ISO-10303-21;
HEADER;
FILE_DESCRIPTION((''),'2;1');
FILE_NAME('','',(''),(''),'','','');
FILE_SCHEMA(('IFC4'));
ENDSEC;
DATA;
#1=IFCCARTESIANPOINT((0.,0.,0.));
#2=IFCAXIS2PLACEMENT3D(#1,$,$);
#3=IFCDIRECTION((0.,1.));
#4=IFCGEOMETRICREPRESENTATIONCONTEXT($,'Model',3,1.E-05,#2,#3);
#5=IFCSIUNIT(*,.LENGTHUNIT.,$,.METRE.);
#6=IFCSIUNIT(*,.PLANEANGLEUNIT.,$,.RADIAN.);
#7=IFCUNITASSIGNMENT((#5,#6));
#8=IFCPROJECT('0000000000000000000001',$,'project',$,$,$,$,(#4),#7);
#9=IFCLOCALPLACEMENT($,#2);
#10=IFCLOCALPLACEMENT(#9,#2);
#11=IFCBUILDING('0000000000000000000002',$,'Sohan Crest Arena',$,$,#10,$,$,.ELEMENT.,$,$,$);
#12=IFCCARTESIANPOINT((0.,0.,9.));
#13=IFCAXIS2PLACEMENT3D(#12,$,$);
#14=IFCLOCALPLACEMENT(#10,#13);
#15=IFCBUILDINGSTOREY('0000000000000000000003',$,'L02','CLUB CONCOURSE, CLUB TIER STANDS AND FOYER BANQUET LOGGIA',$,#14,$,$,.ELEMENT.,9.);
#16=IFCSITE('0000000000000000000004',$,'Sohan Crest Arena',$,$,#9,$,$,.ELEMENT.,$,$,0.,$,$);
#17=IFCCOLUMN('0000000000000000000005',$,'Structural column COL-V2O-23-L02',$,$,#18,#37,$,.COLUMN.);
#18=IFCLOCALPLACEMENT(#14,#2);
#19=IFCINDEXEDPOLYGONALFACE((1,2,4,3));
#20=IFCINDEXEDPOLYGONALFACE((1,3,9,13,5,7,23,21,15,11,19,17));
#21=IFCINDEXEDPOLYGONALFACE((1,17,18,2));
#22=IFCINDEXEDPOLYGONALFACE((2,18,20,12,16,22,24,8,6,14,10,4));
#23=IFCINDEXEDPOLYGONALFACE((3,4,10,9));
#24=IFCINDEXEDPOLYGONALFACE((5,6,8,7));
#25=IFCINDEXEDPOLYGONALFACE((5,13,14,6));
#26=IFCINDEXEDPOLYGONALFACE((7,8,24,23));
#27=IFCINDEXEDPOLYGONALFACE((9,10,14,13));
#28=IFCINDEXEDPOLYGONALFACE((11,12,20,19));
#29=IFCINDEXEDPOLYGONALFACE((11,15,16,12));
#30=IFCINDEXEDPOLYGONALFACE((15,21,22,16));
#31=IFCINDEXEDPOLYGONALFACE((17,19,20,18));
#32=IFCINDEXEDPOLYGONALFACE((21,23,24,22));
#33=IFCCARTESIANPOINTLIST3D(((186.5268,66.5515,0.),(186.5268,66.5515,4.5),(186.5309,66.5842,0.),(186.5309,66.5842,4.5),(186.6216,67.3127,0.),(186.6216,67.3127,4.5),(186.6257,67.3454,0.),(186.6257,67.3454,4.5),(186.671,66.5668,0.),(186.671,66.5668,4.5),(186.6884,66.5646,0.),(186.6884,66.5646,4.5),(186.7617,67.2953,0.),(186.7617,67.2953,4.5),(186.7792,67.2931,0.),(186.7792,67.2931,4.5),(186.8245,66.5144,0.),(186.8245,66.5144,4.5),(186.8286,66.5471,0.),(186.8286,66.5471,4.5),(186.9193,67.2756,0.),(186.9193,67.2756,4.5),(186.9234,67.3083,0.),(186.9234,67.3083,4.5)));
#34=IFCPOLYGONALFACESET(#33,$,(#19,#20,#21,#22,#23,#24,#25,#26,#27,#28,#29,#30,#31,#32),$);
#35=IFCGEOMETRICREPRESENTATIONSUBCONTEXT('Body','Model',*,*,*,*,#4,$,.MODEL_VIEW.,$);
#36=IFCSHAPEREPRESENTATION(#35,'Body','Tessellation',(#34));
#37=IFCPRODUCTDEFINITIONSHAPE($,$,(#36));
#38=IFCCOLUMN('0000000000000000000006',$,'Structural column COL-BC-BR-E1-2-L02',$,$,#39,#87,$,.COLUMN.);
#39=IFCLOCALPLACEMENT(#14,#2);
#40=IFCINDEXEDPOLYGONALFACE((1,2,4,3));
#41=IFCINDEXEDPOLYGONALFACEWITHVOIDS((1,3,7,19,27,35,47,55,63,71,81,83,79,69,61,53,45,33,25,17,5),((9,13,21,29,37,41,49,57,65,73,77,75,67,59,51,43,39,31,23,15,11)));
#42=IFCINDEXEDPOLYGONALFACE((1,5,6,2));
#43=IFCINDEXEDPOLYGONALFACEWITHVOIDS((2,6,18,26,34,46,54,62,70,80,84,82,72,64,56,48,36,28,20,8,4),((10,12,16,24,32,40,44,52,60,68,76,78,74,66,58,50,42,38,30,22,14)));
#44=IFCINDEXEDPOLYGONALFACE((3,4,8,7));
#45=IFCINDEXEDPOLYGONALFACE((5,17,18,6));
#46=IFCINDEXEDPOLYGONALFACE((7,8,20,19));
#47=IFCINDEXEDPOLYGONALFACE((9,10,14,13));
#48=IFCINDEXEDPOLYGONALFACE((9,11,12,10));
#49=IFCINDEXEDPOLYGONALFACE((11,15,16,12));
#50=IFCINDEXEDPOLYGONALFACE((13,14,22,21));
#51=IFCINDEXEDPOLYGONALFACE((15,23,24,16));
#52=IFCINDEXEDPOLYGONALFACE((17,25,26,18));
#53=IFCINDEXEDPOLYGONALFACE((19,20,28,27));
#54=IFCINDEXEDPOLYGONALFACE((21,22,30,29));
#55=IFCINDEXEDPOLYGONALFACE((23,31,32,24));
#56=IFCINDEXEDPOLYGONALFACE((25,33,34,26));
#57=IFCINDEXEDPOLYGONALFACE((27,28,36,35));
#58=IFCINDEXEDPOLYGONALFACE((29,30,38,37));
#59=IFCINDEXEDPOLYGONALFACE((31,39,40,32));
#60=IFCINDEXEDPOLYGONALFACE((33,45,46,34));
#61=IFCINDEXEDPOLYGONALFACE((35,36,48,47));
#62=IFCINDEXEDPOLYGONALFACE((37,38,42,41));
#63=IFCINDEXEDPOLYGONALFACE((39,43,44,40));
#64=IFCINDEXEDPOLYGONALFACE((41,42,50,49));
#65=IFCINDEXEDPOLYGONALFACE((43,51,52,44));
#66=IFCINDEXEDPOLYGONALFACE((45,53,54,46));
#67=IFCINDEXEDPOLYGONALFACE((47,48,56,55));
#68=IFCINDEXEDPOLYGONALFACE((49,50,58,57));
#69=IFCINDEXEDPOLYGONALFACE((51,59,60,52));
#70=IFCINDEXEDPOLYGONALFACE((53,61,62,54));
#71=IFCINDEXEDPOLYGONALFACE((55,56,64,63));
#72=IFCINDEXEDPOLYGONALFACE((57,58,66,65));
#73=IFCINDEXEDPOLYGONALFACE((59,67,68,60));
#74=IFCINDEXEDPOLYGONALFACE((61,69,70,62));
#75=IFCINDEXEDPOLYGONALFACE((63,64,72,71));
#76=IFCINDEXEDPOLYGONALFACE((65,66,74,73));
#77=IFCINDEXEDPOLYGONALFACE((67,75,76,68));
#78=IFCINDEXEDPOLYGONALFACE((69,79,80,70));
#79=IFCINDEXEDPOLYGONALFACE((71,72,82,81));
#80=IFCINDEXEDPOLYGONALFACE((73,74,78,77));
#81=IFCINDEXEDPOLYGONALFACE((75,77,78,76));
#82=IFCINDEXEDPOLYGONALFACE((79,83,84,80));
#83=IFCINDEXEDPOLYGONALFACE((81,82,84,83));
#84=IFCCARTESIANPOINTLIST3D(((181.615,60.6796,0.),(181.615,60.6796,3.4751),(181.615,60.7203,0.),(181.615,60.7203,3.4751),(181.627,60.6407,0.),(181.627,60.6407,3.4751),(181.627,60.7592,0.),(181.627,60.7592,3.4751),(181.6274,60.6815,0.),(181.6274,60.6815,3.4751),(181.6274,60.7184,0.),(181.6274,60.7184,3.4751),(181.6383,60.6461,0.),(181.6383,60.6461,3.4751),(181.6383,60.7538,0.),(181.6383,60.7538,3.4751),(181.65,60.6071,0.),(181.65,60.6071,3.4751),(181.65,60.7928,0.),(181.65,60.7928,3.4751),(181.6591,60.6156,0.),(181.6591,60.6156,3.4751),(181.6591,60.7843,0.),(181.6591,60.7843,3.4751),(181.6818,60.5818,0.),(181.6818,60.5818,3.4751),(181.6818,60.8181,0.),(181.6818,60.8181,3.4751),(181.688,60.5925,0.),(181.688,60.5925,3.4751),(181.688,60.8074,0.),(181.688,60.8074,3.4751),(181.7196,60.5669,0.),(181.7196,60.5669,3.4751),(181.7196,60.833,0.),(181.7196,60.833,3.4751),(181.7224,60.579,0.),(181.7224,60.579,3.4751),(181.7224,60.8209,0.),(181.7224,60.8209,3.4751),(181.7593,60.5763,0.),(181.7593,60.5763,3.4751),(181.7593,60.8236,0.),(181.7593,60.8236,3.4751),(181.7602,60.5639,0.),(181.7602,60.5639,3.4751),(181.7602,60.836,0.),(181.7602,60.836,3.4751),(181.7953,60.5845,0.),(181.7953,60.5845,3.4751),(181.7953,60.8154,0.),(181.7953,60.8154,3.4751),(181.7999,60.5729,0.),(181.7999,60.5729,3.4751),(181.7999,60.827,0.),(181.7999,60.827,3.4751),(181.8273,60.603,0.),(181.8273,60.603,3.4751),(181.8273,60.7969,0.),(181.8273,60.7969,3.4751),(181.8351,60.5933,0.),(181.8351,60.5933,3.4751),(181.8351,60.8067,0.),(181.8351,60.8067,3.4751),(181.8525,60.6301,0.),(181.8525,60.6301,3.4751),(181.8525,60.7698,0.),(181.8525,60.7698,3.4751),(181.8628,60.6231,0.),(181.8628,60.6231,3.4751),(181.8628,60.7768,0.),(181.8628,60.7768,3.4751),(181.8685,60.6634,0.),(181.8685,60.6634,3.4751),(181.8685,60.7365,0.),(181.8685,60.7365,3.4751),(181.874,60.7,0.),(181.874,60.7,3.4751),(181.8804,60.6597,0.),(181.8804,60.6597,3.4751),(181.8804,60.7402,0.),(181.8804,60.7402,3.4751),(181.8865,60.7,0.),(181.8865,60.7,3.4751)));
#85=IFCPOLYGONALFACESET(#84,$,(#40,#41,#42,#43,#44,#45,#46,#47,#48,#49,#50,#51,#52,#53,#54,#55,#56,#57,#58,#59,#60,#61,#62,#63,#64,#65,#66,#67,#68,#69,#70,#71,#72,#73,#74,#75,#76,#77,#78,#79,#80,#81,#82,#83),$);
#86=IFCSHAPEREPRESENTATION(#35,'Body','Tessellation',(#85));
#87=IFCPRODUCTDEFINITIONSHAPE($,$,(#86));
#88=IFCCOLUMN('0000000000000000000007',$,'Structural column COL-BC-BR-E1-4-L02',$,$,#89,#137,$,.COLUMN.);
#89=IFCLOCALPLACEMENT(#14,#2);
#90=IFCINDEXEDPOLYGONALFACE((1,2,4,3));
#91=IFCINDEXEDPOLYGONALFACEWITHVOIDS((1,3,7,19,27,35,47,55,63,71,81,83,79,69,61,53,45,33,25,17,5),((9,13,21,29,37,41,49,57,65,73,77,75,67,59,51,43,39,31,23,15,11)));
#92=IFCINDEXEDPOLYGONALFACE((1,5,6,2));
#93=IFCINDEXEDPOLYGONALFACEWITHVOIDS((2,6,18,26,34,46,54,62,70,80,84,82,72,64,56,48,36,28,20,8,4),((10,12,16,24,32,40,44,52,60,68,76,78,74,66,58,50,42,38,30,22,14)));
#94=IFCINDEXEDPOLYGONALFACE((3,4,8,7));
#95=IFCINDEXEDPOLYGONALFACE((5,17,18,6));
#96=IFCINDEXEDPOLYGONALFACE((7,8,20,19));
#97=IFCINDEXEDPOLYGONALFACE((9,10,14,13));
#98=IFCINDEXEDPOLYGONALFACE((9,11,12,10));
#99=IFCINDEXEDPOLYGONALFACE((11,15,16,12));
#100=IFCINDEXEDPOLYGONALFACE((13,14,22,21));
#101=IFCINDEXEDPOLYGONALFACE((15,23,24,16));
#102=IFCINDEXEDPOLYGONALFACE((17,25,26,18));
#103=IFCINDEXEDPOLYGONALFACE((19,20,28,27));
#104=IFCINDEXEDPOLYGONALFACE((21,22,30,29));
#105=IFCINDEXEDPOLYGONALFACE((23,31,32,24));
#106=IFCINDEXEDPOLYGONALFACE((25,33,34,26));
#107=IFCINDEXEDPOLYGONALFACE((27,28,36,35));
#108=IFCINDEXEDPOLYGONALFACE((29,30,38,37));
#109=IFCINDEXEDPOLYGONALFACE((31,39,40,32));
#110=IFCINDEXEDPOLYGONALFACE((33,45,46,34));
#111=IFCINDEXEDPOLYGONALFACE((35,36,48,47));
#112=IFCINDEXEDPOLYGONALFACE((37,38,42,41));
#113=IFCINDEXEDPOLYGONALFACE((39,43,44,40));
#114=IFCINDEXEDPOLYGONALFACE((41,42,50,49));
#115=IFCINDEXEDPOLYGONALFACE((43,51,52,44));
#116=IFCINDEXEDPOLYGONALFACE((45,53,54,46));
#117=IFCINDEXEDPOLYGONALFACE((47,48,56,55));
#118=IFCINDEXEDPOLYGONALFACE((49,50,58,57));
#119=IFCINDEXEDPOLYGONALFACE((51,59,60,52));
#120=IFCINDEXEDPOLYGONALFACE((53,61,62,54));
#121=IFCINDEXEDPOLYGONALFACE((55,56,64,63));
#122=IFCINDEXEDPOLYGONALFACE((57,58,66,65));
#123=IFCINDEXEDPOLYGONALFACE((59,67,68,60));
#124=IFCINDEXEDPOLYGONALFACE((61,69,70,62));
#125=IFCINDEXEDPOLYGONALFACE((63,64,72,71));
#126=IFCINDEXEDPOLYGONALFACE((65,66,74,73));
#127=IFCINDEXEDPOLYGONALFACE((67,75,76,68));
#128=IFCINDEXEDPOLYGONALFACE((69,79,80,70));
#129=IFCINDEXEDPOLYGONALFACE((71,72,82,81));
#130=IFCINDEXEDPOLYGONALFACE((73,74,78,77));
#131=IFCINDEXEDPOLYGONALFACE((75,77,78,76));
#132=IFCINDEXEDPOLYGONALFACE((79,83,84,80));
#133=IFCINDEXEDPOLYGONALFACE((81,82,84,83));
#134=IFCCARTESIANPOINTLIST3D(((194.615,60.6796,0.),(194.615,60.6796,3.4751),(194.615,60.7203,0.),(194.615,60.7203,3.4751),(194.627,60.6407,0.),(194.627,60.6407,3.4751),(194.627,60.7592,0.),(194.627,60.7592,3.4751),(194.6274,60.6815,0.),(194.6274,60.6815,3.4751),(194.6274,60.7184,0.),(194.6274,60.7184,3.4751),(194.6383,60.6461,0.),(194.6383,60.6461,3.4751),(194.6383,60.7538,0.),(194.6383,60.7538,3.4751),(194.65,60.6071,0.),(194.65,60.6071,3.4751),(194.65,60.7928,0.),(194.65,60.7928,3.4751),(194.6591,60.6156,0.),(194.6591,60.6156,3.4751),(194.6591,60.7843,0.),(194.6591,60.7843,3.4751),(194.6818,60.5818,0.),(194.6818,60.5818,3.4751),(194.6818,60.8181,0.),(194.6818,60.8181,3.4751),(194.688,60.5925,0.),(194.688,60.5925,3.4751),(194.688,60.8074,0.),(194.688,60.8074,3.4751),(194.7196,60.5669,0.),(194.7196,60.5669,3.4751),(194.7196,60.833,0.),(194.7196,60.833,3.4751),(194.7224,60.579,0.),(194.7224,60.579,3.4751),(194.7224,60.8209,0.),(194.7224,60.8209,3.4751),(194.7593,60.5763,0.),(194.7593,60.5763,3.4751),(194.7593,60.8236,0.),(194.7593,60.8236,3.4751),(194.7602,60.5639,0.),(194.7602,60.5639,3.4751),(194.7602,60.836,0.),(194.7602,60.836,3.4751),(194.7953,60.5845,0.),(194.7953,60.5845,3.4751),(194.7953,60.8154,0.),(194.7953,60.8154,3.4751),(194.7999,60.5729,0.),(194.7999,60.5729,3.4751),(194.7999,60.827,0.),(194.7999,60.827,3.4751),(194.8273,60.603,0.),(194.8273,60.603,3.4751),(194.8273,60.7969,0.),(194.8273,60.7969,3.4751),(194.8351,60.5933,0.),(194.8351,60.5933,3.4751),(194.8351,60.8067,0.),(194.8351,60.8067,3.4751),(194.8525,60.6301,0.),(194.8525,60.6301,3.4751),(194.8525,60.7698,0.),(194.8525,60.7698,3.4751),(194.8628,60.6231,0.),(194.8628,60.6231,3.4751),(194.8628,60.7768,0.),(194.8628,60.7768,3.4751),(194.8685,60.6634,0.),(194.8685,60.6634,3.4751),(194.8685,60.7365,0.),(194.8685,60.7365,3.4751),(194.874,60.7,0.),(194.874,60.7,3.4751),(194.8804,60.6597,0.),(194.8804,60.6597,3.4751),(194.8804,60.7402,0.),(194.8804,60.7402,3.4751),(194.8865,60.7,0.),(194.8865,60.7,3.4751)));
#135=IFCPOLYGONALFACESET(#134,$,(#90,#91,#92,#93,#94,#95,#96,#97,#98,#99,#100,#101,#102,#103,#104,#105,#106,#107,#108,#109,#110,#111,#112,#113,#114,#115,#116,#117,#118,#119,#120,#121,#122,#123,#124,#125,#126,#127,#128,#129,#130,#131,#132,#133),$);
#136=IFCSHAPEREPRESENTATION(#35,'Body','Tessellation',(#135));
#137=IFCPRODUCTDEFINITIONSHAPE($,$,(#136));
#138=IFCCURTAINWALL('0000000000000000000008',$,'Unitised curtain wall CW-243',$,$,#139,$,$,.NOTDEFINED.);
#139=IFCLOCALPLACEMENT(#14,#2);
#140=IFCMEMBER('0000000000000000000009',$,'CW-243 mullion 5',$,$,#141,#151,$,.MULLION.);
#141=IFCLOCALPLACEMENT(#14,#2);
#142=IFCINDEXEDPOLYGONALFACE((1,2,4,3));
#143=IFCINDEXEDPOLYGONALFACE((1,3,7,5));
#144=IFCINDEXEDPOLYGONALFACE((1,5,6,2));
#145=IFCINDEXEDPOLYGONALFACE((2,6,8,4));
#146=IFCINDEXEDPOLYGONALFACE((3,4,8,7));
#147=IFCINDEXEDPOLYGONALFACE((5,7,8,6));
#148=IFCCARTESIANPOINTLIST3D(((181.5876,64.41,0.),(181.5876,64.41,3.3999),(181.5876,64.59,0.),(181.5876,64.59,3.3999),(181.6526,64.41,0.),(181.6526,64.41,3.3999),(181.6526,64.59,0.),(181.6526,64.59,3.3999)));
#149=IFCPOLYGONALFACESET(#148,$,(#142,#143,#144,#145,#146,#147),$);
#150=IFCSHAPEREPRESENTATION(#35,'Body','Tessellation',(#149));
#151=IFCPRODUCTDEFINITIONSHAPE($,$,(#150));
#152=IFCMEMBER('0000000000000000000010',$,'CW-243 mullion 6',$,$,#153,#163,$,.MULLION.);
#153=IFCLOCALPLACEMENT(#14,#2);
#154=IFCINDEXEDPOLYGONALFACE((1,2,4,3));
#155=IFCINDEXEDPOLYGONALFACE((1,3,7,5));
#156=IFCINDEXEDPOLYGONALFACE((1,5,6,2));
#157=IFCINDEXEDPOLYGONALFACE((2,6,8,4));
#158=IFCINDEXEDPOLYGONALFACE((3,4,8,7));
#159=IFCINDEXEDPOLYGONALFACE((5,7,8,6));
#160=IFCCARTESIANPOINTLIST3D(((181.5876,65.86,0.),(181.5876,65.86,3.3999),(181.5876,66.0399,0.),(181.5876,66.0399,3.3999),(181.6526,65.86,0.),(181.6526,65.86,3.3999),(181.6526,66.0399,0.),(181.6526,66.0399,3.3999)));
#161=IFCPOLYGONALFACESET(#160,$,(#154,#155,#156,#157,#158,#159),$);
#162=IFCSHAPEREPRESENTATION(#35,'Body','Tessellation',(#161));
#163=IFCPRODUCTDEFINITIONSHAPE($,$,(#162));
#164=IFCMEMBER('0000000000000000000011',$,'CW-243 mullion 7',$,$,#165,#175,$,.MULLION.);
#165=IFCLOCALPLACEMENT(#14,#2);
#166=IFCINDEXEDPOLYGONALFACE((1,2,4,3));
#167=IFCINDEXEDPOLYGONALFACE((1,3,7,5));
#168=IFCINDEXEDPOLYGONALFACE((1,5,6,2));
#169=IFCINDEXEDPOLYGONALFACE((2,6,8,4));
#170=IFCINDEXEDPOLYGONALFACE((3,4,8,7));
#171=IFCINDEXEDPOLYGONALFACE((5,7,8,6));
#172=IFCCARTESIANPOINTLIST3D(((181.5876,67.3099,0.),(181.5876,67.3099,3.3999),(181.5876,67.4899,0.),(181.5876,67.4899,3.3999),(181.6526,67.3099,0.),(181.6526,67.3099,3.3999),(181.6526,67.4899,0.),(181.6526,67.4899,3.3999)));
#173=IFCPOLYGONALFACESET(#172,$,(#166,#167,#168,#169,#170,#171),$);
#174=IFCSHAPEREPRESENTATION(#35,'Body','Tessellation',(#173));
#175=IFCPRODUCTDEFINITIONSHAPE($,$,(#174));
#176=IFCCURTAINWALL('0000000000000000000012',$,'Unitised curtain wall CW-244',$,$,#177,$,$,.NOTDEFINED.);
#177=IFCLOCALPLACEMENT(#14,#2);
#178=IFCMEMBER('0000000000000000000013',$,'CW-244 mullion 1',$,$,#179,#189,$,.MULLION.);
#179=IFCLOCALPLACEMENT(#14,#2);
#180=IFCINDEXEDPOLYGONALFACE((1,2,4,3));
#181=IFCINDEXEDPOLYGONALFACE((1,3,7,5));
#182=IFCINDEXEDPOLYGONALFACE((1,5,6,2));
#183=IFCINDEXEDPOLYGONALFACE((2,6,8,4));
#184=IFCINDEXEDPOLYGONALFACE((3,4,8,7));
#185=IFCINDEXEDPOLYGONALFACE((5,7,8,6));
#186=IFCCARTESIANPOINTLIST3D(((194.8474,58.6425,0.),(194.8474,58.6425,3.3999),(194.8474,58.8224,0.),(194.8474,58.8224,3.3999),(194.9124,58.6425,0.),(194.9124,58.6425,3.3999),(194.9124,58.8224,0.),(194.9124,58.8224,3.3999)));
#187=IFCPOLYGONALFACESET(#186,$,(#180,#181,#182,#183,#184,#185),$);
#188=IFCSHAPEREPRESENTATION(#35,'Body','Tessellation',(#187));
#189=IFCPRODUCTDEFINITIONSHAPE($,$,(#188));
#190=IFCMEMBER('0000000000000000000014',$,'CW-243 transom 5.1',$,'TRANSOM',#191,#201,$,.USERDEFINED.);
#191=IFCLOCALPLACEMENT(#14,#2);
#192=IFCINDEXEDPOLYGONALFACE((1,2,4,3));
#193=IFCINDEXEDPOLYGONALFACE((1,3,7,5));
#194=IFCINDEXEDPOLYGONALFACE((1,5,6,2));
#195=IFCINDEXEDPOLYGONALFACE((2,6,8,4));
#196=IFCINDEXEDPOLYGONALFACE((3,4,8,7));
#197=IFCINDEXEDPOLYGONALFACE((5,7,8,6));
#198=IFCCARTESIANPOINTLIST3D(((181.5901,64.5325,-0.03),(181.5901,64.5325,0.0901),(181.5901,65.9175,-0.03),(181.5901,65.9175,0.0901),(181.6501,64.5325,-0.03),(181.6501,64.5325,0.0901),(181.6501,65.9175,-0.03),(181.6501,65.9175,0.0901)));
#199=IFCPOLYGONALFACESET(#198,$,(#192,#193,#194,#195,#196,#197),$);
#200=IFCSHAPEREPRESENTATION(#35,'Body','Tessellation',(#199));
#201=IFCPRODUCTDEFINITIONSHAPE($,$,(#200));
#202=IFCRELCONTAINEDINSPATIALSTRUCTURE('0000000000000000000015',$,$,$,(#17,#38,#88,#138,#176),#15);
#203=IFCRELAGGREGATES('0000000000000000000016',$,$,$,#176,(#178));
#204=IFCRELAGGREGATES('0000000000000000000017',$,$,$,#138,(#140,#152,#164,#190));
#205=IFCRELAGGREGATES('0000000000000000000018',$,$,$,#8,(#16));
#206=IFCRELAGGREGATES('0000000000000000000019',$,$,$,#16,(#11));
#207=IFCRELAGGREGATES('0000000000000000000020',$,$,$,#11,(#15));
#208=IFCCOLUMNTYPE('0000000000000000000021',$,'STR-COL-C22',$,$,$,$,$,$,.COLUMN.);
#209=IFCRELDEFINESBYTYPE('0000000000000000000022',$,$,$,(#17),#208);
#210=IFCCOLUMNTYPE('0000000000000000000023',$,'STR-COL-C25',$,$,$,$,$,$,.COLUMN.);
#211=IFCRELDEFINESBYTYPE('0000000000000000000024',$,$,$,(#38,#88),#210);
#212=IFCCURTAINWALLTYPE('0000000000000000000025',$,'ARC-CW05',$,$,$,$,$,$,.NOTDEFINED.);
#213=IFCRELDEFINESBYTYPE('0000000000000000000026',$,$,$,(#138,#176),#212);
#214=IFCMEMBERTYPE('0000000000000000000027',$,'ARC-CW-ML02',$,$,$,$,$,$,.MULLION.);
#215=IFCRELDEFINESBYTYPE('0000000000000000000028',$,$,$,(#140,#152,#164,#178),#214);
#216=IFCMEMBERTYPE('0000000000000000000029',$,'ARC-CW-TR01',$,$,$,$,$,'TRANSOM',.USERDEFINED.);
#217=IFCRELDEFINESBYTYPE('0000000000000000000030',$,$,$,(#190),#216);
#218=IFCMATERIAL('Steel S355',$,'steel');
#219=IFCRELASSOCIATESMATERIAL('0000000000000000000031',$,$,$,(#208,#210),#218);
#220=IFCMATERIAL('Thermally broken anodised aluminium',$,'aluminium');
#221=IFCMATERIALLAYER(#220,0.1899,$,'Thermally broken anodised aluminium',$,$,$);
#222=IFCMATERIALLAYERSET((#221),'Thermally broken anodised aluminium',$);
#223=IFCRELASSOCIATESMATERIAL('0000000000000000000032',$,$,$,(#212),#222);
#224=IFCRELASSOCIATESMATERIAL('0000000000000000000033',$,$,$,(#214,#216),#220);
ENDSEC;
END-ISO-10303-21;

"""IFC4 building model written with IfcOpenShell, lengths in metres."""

from ifc_helpers import new_model, si_unit, direction, frame, origin, origin_2d, place, context, subcontext, project, spatial, rectangle, hollow_circle, i_section, extrude, material, layer, layer_set, material_profile, profile_set, type_object, element, aggregate, save


model = new_model("IFC4")

# Units and contexts
model_context = context("Model", 3, precision=1e-05, world=origin(), true_north=direction((0.0, 1.0)))
body_context = subcontext(model_context, "Body", "Model", "MODEL_VIEW")
ifc_project = project(units=[si_unit("LENGTHUNIT", "METRE"), si_unit("PLANEANGLEUNIT", "RADIAN")], contexts=[model_context])

# Site, building, storey
site_placement = place(None, origin())
site = spatial("IfcSite", under=ifc_project, at=site_placement, Name="Sohan Crest Arena", CompositionType="ELEMENT", RefElevation=0.0)
building_placement = place(site_placement, origin())
building = spatial("IfcBuilding", under=site, at=building_placement, Name="Sohan Crest Arena", CompositionType="ELEMENT")
storey_placement = place(building_placement, frame((0.0, 0.0, 9.0)))
storey = spatial("IfcBuildingStorey", under=building, at=storey_placement, Name="L02", Description="CLUB CONCOURSE, CLUB TIER STANDS AND FOYER BANQUET LOGGIA", CompositionType="ELEMENT", Elevation=9.0)

# Columns
ifc_material_1 = material(Name="Steel S355", Category="steel")
ifc_material_profile_1 = material_profile(ifc_material_1, i_section(OverallWidth=0.3, OverallDepth=0.8, WebThickness=0.0176, FlangeThickness=0.033, at=origin_2d()), Name="HEB 800")
ifc_profile_set_1 = profile_set([ifc_material_profile_1], Name="Steel S355")
column_type_1 = type_object("IfcColumnType", Name="STR-COL-C22", PredefinedType="COLUMN", material=ifc_profile_set_1)
column_placement = place(storey_placement, frame((186.7251, 66.9299, 0.0), z_axis=(0.0, 0.0, 1.0), x_axis=(-0.992332, 0.123601, 0.0)))
element("IfcColumn", 1, at=column_placement, inside=storey, type_object=column_type_1, Name="Structural column COL-V2O-23-L02", PredefinedType="COLUMN", context=body_context, shape_type="SweptSolid", body=[
    extrude(i_section(OverallWidth=0.3, OverallDepth=0.8, WebThickness=0.0176, FlangeThickness=0.033, at=origin_2d()), origin(), (0.0, 0.0, 1.0), 4.5),
])
ifc_material_profile_2 = material_profile(ifc_material_1, hollow_circle(Radius=0.1365, WallThickness=0.0125, at=origin_2d()), Name="CHS 273x12.5")
ifc_profile_set_2 = profile_set([ifc_material_profile_2], Name="Steel S355")
column_type_2 = type_object("IfcColumnType", Name="STR-COL-C25", PredefinedType="COLUMN", material=ifc_profile_set_2)
for number, where, z_axis, x_axis, name in (
    (2, (181.75, 60.7, 0.0), (0.0, 0.0, 1.0), (1.0, 0.0, 0.0), "Structural column COL-BC-BR-E1-2-L02"),
    (3, (194.75, 60.7, 0.0), (0.0, 0.0, 1.0), (1.0, 0.0, 0.0), "Structural column COL-BC-BR-E1-4-L02"),
):
    element("IfcColumn", number, at=place(storey_placement, frame(where, z_axis=z_axis, x_axis=x_axis)), inside=storey, type_object=column_type_2, Name=name, PredefinedType="COLUMN", context=body_context, shape_type="SweptSolid", body=[
        extrude(hollow_circle(Radius=0.1365, WallThickness=0.0125, at=origin_2d()), origin(), (0.0, 0.0, 1.0), 3.4751),
    ])

# Curtain wall, members
ifc_material_2 = material(Name="Thermally broken anodised aluminium", Category="aluminium")
ifc_layer_1 = layer(ifc_material_2, 0.1899, Name="Thermally broken anodised aluminium")
ifc_layer_set_1 = layer_set([ifc_layer_1], Name="Thermally broken anodised aluminium")
curtain_wall_type = type_object("IfcCurtainWallType", Name="ARC-CW05", PredefinedType="NOTDEFINED", material=ifc_layer_set_1)
curtain_wall_1_placement = place(storey_placement, origin())
curtain_wall_1 = element("IfcCurtainWall", 4, at=curtain_wall_1_placement, inside=storey, type_object=curtain_wall_type, Name="Unitised curtain wall CW-243", PredefinedType="NOTDEFINED")
ifc_material_profile_3 = material_profile(ifc_material_2, rectangle(XDim=0.0649, YDim=0.1799, at=origin_2d()), Name="ALU-MULL 65x180")
ifc_profile_set_3 = profile_set([ifc_material_profile_3], Name="Thermally broken anodised aluminium")
member_type_1 = type_object("IfcMemberType", Name="ARC-CW-ML02", PredefinedType="MULLION", material=ifc_profile_set_3)
member_1_placement = place(storey_placement, frame((181.6201, 64.5, 0.0), z_axis=(0.0, 0.0, 1.0), x_axis=(-1.0, 0.0, 0.0)))
member_1 = element("IfcMember", 5, at=member_1_placement, type_object=member_type_1, Name="CW-243 mullion 5", PredefinedType="MULLION", context=body_context, shape_type="SweptSolid", body=[
    extrude(rectangle(XDim=0.0649, YDim=0.1799, at=origin_2d()), origin(), (0.0, 0.0, 1.0), 3.3999),
])
member_2_placement = place(storey_placement, frame((181.6201, 65.95, 0.0), z_axis=(0.0, 0.0, 1.0), x_axis=(-1.0, 0.0, 0.0)))
member_2 = element("IfcMember", 6, at=member_2_placement, type_object=member_type_1, Name="CW-243 mullion 6", PredefinedType="MULLION", context=body_context, shape_type="SweptSolid", body=[
    extrude(rectangle(XDim=0.0649, YDim=0.1799, at=origin_2d()), origin(), (0.0, 0.0, 1.0), 3.3999),
])
member_3_placement = place(storey_placement, frame((181.6201, 67.3999, 0.0), z_axis=(0.0, 0.0, 1.0), x_axis=(-1.0, 0.0, 0.0)))
member_3 = element("IfcMember", 7, at=member_3_placement, type_object=member_type_1, Name="CW-243 mullion 7", PredefinedType="MULLION", context=body_context, shape_type="SweptSolid", body=[
    extrude(rectangle(XDim=0.0649, YDim=0.1799, at=origin_2d()), origin(), (0.0, 0.0, 1.0), 3.3999),
])

# Curtain wall, member
curtain_wall_2_placement = place(storey_placement, origin())
curtain_wall_2 = element("IfcCurtainWall", 8, at=curtain_wall_2_placement, inside=storey, type_object=curtain_wall_type, Name="Unitised curtain wall CW-244", PredefinedType="NOTDEFINED")
member_4_placement = place(storey_placement, frame((194.8799, 58.7324, 0.0), z_axis=(0.0, 0.0, 1.0), x_axis=(-1.0, 0.0, 0.0)))
member_4 = element("IfcMember", 9, at=member_4_placement, type_object=member_type_1, Name="CW-244 mullion 1", PredefinedType="MULLION", context=body_context, shape_type="SweptSolid", body=[
    extrude(rectangle(XDim=0.0649, YDim=0.1799, at=origin_2d()), origin(), (0.0, 0.0, 1.0), 3.3999),
])

# Member
ifc_material_profile_4 = material_profile(ifc_material_2, rectangle(XDim=0.0601, YDim=0.1201, at=origin_2d()), Name="ALU-TRAN 60x120")
ifc_profile_set_4 = profile_set([ifc_material_profile_4], Name="Thermally broken anodised aluminium")
member_type_2 = type_object("IfcMemberType", Name="ARC-CW-TR01", ElementType="TRANSOM", PredefinedType="USERDEFINED", material=ifc_profile_set_4)
member_5_placement = place(storey_placement, frame((181.6201, 64.5325, 0.03), z_axis=(0.0, 1.0, 0.0), x_axis=(-1.0, 0.0, 0.0)))
member_5 = element("IfcMember", 10, at=member_5_placement, type_object=member_type_2, Name="CW-243 transom 5.1", ObjectType="TRANSOM", PredefinedType="USERDEFINED", context=body_context, shape_type="SweptSolid", body=[
    extrude(rectangle(XDim=0.0601, YDim=0.1201, at=origin_2d()), origin(), (0.0, 0.0, 1.0), 1.385),
])
aggregate(curtain_wall_2, [member_4])

aggregate(curtain_wall_1, [member_1, member_2, member_3, member_5])

save(model, "model.ifc")
